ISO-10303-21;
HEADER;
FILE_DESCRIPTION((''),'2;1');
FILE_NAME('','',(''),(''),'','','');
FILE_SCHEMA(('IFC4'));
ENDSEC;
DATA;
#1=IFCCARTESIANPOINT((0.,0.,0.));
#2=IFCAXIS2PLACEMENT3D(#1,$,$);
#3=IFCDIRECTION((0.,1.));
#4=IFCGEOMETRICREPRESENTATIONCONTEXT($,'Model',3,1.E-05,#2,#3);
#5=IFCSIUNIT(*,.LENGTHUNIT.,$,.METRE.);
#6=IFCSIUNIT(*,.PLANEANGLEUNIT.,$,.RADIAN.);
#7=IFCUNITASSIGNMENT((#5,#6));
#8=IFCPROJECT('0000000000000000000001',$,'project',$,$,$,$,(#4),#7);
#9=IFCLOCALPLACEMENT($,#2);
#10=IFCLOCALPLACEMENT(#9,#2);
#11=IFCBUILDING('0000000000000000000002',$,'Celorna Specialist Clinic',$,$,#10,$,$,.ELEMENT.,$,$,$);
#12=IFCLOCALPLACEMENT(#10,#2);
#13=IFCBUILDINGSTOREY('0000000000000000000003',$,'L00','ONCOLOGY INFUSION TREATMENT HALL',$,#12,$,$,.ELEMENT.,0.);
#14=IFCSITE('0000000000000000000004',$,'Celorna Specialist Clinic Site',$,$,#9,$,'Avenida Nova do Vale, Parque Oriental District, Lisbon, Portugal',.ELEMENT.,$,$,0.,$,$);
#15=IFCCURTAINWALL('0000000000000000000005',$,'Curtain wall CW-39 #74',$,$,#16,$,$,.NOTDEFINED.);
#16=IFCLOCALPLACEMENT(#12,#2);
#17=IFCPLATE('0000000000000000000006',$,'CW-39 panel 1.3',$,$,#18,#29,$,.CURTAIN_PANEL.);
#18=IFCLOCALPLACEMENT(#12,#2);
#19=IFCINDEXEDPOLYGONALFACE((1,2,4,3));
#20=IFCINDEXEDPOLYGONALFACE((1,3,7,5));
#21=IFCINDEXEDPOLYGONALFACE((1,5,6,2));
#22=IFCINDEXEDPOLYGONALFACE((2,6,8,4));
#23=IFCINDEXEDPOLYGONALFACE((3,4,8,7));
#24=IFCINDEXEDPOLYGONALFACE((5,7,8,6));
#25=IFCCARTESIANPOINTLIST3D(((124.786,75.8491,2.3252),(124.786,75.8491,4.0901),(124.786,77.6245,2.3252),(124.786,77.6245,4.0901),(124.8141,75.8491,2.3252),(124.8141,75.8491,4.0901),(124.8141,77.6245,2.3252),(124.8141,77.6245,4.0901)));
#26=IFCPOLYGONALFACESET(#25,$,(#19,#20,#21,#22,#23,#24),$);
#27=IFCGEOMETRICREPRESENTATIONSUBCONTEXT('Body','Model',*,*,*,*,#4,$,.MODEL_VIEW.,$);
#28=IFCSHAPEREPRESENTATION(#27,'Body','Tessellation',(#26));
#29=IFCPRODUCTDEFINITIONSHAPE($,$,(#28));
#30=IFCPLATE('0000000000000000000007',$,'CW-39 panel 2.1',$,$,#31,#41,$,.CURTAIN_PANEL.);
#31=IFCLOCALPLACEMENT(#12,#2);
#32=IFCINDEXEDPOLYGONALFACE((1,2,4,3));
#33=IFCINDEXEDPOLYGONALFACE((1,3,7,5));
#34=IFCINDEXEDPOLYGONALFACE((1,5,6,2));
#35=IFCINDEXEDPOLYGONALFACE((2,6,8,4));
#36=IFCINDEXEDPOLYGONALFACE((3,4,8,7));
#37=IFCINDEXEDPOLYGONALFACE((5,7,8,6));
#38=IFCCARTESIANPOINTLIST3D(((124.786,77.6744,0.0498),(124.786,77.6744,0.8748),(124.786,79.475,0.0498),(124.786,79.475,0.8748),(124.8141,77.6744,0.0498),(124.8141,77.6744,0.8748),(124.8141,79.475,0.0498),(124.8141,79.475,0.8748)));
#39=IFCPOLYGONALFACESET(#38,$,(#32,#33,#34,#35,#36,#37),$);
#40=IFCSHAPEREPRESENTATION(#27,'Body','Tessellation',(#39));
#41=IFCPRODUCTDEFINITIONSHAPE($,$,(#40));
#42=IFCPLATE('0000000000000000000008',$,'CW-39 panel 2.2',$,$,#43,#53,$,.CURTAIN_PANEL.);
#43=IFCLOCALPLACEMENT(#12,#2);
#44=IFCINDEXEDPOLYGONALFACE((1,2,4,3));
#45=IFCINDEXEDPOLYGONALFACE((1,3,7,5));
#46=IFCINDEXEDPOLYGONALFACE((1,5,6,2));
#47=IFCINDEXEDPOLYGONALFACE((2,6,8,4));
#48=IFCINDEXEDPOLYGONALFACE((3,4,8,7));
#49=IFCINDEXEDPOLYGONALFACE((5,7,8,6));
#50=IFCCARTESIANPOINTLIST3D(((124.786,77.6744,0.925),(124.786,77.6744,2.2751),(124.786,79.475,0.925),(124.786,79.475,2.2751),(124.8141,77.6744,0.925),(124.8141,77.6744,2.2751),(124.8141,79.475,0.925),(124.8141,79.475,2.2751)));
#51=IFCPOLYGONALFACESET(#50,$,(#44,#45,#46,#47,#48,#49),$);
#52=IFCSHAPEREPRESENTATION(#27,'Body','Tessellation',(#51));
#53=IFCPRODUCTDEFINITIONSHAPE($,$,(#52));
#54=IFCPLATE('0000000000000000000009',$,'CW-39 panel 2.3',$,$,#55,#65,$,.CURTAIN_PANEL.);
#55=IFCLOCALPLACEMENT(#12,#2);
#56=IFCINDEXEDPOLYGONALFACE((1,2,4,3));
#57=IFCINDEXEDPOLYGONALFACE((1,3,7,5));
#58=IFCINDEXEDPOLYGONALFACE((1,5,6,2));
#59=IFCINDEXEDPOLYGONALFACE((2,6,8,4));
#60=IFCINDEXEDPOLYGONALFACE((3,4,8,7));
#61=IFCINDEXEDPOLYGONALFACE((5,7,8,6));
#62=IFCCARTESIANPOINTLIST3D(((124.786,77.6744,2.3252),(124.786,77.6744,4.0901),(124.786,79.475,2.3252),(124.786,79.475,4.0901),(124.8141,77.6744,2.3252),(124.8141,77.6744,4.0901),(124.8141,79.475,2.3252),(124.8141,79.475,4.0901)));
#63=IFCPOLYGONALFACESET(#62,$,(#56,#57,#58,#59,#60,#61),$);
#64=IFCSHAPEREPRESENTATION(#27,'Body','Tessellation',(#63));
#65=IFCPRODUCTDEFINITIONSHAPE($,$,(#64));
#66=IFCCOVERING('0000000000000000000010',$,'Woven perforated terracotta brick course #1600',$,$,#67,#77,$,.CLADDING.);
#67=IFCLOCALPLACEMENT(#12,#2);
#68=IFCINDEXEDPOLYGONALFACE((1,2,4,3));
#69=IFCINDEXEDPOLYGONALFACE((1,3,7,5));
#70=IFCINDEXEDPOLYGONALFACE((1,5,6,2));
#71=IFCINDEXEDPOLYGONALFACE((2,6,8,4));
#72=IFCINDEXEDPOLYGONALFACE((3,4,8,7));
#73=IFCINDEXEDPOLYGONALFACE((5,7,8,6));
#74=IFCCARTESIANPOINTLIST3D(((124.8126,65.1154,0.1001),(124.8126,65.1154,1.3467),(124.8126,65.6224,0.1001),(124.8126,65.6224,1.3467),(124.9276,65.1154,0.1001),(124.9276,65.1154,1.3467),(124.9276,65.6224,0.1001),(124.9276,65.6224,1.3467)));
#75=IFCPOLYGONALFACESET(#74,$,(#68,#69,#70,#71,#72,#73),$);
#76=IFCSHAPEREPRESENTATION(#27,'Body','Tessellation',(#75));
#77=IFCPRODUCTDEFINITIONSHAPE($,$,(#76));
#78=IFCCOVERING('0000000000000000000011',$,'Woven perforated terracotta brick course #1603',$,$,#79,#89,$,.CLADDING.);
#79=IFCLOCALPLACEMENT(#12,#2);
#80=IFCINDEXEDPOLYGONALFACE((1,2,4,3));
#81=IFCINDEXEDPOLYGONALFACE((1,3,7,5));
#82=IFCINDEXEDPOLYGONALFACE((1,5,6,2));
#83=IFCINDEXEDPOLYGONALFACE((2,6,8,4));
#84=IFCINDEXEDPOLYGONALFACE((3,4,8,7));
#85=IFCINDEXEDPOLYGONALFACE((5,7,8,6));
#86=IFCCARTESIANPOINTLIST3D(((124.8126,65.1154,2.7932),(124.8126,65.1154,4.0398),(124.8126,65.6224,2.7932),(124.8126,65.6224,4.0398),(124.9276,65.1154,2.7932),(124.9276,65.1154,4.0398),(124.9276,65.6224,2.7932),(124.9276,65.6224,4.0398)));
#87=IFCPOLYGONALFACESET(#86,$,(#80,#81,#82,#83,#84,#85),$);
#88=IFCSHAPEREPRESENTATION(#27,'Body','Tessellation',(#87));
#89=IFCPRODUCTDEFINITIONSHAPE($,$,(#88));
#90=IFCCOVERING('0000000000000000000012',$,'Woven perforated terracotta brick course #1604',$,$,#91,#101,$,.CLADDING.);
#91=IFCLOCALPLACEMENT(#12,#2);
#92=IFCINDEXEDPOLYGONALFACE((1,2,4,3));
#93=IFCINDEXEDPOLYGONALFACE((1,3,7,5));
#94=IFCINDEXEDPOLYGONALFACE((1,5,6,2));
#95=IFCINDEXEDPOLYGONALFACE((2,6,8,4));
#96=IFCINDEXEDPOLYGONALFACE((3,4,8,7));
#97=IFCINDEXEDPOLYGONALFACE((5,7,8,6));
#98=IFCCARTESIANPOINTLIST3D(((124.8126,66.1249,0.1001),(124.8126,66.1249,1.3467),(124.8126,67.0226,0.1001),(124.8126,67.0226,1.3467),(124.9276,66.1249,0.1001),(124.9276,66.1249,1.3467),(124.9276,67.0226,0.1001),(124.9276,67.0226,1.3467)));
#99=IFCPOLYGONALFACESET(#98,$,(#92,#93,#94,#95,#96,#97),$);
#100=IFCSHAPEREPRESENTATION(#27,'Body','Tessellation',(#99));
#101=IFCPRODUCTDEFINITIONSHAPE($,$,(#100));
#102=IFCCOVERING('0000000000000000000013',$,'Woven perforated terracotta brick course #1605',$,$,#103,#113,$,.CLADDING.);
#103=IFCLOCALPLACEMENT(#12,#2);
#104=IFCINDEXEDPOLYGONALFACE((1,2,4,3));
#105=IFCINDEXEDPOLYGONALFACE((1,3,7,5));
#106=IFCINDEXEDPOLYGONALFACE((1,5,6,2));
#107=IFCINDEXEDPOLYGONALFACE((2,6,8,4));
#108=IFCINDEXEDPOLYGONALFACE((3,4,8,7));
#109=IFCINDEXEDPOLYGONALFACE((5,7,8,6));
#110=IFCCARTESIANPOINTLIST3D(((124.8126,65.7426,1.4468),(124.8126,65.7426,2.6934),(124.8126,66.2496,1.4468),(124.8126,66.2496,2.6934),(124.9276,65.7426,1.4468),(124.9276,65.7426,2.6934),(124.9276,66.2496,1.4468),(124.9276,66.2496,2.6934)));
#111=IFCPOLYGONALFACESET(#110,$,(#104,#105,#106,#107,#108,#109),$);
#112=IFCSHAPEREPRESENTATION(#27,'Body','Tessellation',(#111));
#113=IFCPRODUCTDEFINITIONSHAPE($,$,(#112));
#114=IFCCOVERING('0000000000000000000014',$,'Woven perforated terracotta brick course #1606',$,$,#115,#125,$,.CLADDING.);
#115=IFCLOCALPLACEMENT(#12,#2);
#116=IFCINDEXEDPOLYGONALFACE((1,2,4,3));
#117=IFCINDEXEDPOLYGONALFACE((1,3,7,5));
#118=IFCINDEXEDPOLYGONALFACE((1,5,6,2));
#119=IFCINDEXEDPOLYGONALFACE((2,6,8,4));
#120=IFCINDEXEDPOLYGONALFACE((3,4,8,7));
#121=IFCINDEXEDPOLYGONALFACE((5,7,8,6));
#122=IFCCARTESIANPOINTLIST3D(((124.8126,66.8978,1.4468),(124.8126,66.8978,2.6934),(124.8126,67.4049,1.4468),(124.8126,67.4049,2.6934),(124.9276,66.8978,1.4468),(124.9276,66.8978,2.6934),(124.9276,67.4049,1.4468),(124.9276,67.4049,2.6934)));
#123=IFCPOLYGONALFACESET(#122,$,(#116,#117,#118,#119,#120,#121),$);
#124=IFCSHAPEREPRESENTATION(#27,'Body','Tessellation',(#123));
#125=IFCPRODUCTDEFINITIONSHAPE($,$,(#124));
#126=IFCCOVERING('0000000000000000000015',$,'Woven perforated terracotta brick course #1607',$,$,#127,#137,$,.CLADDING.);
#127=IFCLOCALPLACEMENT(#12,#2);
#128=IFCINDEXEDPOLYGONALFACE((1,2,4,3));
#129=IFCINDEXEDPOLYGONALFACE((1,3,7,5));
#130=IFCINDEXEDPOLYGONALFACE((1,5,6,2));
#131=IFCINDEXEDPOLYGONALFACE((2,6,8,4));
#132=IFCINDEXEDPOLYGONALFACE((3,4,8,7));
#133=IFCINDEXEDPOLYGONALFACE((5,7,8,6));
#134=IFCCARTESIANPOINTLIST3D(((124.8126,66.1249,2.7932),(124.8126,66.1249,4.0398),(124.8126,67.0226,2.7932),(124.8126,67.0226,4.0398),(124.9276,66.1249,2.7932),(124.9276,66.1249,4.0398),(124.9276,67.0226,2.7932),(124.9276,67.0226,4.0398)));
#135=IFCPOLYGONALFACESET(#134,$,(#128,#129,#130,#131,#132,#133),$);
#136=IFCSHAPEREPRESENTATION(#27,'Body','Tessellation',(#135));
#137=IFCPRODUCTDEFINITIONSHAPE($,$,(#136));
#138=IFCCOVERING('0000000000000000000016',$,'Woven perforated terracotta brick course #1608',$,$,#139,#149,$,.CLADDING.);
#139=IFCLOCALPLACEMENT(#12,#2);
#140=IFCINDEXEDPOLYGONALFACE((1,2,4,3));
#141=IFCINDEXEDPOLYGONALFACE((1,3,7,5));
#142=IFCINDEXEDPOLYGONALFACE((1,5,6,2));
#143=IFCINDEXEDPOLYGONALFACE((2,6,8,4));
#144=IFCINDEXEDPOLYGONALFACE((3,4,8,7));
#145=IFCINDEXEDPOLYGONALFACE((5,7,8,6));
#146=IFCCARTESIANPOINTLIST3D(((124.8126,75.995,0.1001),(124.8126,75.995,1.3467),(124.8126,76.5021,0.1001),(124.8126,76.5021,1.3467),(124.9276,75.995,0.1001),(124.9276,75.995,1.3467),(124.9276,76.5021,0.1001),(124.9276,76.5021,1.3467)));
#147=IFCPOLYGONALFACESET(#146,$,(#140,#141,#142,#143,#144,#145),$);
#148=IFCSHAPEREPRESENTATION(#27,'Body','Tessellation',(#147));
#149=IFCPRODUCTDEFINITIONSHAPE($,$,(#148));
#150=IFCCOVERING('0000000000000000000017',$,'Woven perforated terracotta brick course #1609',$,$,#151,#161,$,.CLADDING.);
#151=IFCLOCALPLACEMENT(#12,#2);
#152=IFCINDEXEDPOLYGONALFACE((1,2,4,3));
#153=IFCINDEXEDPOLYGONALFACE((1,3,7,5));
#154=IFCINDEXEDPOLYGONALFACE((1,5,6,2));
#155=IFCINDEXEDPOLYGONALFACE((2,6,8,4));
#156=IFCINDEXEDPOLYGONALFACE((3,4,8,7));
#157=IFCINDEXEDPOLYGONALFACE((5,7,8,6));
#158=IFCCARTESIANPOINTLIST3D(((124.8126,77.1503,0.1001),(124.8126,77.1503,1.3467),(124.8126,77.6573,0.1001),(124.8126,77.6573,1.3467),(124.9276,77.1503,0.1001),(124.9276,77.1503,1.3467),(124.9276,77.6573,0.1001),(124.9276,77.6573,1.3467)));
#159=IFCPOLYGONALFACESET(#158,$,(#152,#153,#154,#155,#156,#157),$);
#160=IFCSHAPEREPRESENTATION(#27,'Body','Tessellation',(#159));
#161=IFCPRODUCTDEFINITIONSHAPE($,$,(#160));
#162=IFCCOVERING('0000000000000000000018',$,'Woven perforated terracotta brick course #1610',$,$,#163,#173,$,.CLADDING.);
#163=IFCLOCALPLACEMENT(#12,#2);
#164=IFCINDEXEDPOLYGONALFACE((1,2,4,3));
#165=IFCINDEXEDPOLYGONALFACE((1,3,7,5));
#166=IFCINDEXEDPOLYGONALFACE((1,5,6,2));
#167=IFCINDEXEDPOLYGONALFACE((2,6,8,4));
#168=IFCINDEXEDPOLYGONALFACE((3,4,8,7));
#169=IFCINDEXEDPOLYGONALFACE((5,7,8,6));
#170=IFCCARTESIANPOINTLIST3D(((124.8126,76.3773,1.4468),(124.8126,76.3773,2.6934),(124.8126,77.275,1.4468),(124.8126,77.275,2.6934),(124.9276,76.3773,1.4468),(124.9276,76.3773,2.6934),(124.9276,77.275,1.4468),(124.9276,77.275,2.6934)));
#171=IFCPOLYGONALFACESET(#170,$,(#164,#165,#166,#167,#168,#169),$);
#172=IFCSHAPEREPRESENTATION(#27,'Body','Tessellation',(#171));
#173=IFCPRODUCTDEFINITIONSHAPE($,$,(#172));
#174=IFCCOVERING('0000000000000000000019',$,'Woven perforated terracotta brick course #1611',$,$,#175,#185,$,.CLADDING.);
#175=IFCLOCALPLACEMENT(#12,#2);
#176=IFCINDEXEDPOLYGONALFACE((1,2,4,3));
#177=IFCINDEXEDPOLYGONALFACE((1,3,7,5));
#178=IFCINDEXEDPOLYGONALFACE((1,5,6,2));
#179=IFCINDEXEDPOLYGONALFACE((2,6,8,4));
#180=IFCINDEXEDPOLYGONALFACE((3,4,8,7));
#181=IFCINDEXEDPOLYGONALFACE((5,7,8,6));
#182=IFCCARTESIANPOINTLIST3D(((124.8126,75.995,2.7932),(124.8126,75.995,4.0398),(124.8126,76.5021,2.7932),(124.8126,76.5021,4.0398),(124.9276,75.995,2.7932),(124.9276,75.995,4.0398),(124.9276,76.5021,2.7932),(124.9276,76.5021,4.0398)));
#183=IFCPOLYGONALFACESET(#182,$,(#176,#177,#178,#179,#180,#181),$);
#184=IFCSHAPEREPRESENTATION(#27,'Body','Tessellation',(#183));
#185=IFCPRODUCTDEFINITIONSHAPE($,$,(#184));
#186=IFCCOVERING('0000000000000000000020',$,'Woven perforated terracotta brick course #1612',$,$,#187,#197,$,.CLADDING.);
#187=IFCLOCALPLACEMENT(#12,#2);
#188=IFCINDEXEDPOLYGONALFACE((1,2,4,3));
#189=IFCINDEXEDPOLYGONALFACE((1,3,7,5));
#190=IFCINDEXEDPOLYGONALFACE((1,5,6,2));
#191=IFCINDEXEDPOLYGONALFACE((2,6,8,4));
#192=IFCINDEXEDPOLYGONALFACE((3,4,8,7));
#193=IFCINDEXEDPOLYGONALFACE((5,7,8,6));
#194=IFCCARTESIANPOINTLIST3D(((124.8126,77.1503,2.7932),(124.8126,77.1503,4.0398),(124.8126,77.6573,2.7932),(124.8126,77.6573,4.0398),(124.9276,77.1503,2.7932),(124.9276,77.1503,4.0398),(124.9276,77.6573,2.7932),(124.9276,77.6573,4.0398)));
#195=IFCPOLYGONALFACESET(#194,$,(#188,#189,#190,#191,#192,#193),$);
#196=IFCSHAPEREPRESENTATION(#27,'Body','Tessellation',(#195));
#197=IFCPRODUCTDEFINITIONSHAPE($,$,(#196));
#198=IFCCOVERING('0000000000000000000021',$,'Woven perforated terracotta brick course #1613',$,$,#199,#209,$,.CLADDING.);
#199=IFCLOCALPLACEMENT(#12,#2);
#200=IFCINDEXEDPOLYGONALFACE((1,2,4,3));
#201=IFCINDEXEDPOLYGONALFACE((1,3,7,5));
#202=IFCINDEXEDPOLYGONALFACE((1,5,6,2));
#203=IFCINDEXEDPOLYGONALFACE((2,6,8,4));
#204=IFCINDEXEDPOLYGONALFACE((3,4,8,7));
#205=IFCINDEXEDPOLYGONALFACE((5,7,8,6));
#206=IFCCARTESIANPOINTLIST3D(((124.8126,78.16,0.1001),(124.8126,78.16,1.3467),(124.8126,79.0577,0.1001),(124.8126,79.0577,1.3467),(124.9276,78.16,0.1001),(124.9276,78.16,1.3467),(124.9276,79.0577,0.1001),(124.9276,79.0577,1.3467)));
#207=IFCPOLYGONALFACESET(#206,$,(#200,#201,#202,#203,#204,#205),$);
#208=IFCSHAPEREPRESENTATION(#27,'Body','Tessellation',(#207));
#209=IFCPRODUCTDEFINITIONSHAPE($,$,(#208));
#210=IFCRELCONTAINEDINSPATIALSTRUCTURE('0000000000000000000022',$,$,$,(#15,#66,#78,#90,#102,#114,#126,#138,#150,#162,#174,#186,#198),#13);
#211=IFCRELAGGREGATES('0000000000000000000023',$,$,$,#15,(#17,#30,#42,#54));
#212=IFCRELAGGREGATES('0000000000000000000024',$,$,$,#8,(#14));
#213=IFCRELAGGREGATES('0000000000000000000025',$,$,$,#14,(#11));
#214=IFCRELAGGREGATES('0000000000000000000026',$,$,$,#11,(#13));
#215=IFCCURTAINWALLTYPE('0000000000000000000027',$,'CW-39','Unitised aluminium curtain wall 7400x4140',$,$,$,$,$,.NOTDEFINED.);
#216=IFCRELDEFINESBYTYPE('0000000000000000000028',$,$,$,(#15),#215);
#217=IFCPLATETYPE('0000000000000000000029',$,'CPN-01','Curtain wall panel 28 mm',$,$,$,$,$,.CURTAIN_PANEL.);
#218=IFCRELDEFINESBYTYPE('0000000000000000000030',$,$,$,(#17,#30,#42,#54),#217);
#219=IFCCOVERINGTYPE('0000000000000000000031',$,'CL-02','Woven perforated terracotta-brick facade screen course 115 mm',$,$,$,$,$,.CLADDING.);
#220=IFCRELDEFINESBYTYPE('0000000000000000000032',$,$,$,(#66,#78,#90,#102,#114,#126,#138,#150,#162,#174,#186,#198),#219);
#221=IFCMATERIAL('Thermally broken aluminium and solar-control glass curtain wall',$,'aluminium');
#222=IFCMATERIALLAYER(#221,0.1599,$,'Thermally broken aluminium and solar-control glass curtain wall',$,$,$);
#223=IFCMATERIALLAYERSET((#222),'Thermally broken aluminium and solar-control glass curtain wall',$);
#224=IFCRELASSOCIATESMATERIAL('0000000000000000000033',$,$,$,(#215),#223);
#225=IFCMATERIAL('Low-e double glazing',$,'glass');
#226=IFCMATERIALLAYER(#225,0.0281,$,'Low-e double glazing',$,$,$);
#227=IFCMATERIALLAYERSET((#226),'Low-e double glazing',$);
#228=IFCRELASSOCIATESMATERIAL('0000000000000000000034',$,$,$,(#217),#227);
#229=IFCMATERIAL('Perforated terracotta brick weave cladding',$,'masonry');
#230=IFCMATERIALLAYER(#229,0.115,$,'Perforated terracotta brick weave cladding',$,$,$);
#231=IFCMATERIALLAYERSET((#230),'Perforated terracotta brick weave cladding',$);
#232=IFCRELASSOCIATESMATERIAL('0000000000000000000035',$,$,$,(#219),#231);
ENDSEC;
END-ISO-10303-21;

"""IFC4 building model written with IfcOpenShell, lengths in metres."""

from ifc_helpers import new_model, si_unit, direction, frame, origin, origin_2d, place, context, subcontext, project, spatial, rectangle, extrude, material, layer, layer_set, type_object, element, aggregate, save


model = new_model("IFC4")

# Units and contexts
model_context = context("Model", 3, precision=1e-05, world=origin(), true_north=direction((0.0, 1.0)))
body_context = subcontext(model_context, "Body", "Model", "MODEL_VIEW")
ifc_project = project(units=[si_unit("LENGTHUNIT", "METRE"), si_unit("PLANEANGLEUNIT", "RADIAN")], contexts=[model_context])

# Site, building, storey
site_placement = place(None, origin())
site = spatial("IfcSite", under=ifc_project, at=site_placement, Name="Celorna Specialist Clinic Site", LongName="Avenida Nova do Vale, Parque Oriental District, Lisbon, Portugal", CompositionType="ELEMENT", RefElevation=0.0)
building_placement = place(site_placement, origin())
building = spatial("IfcBuilding", under=site, at=building_placement, Name="Celorna Specialist Clinic", CompositionType="ELEMENT")
storey_placement = place(building_placement, origin())
storey = spatial("IfcBuildingStorey", under=building, at=storey_placement, Name="L00", Description="ONCOLOGY INFUSION TREATMENT HALL", CompositionType="ELEMENT", Elevation=0.0)

# Curtain wall, plates
ifc_material_1 = material(Name="Thermally broken aluminium and solar-control glass curtain wall", Category="aluminium")
ifc_layer_1 = layer(ifc_material_1, 0.1599, Name="Thermally broken aluminium and solar-control glass curtain wall")
ifc_layer_set_1 = layer_set([ifc_layer_1], Name="Thermally broken aluminium and solar-control glass curtain wall")
curtain_wall_type = type_object("IfcCurtainWallType", Name="CW-39", Description="Unitised aluminium curtain wall 7400x4140", PredefinedType="NOTDEFINED", material=ifc_layer_set_1)
curtain_wall_placement = place(storey_placement, origin())
curtain_wall = element("IfcCurtainWall", 1, at=curtain_wall_placement, inside=storey, type_object=curtain_wall_type, Name="Curtain wall CW-39 #74", PredefinedType="NOTDEFINED")
ifc_material_2 = material(Name="Low-e double glazing", Category="glass")
ifc_layer_2 = layer(ifc_material_2, 0.0281, Name="Low-e double glazing")
ifc_layer_set_2 = layer_set([ifc_layer_2], Name="Low-e double glazing")
plate_type = type_object("IfcPlateType", Name="CPN-01", Description="Curtain wall panel 28 mm", PredefinedType="CURTAIN_PANEL", material=ifc_layer_set_2)
plate_1_placement = place(storey_placement, frame((124.8, 76.7368, 2.3252), z_axis=(0.0, 0.0, 1.0), x_axis=(0.0, 1.0, 0.0)))
plate_1 = element("IfcPlate", 2, at=plate_1_placement, type_object=plate_type, Name="CW-39 panel 1.3", PredefinedType="CURTAIN_PANEL", context=body_context, shape_type="SweptSolid", body=[
    extrude(rectangle(XDim=1.7754, YDim=0.0281, at=origin_2d()), origin(), (0.0, 0.0, 1.0), 1.7649),
])
plate_2_placement = place(storey_placement, frame((124.8, 78.5747, 0.0498), z_axis=(0.0, 0.0, 1.0), x_axis=(0.0, 1.0, 0.0)))
plate_2 = element("IfcPlate", 3, at=plate_2_placement, type_object=plate_type, Name="CW-39 panel 2.1", PredefinedType="CURTAIN_PANEL", context=body_context, shape_type="SweptSolid", body=[
    extrude(rectangle(XDim=1.8005, YDim=0.0281, at=origin_2d()), origin(), (0.0, 0.0, 1.0), 0.825),
])
plate_3_placement = place(storey_placement, frame((124.8, 78.5747, 0.925), z_axis=(0.0, 0.0, 1.0), x_axis=(0.0, 1.0, 0.0)))
plate_3 = element("IfcPlate", 4, at=plate_3_placement, type_object=plate_type, Name="CW-39 panel 2.2", PredefinedType="CURTAIN_PANEL", context=body_context, shape_type="SweptSolid", body=[
    extrude(rectangle(XDim=1.8005, YDim=0.0281, at=origin_2d()), origin(), (0.0, 0.0, 1.0), 1.3501),
])
plate_4_placement = place(storey_placement, frame((124.8, 78.5747, 2.3252), z_axis=(0.0, 0.0, 1.0), x_axis=(0.0, 1.0, 0.0)))
plate_4 = element("IfcPlate", 5, at=plate_4_placement, type_object=plate_type, Name="CW-39 panel 2.3", PredefinedType="CURTAIN_PANEL", context=body_context, shape_type="SweptSolid", body=[
    extrude(rectangle(XDim=1.8005, YDim=0.0281, at=origin_2d()), origin(), (0.0, 0.0, 1.0), 1.7649),
])
aggregate(curtain_wall, [plate_1, plate_2, plate_3, plate_4])

# Coverings
ifc_material_3 = material(Name="Perforated terracotta brick weave cladding", Category="masonry")
ifc_layer_3 = layer(ifc_material_3, 0.115, Name="Perforated terracotta brick weave cladding")
ifc_layer_set_3 = layer_set([ifc_layer_3], Name="Perforated terracotta brick weave cladding")
covering_type = type_object("IfcCoveringType", Name="CL-02", Description="Woven perforated terracotta-brick facade screen course 115 mm", PredefinedType="CLADDING", material=ifc_layer_set_3)
for number, where, z_axis, x_axis, name in (
    (6, (124.8701, 65.3689, 0.1001), (0.0, 0.0, 1.0), (0.0, 1.0, 0.0), "Woven perforated terracotta brick course #1600"),
    (7, (124.8701, 65.3689, 2.7932), (0.0, 0.0, 1.0), (0.0, 1.0, 0.0), "Woven perforated terracotta brick course #1603"),
):
    element("IfcCovering", number, at=place(storey_placement, frame(where, z_axis=z_axis, x_axis=x_axis)), inside=storey, type_object=covering_type, Name=name, PredefinedType="CLADDING", context=body_context, shape_type="SweptSolid", body=[
        extrude(rectangle(XDim=0.5071, YDim=0.115, at=origin_2d()), origin(), (0.0, 0.0, 1.0), 1.2466),
    ])
covering_1_placement = place(storey_placement, frame((124.8701, 66.5737, 0.1001), z_axis=(0.0, 0.0, 1.0), x_axis=(0.0, 1.0, 0.0)))
element("IfcCovering", 8, at=covering_1_placement, inside=storey, type_object=covering_type, Name="Woven perforated terracotta brick course #1604", PredefinedType="CLADDING", context=body_context, shape_type="SweptSolid", body=[
    extrude(rectangle(XDim=0.8977, YDim=0.115, at=origin_2d()), origin(), (0.0, 0.0, 1.0), 1.2466),
])
for number, where, z_axis, x_axis, name in (
    (9, (124.8701, 65.9961, 1.4468), (0.0, 0.0, 1.0), (0.0, 1.0, 0.0), "Woven perforated terracotta brick course #1605"),
    (10, (124.8701, 67.1514, 1.4468), (0.0, 0.0, 1.0), (0.0, 1.0, 0.0), "Woven perforated terracotta brick course #1606"),
):
    element("IfcCovering", number, at=place(storey_placement, frame(where, z_axis=z_axis, x_axis=x_axis)), inside=storey, type_object=covering_type, Name=name, PredefinedType="CLADDING", context=body_context, shape_type="SweptSolid", body=[
        extrude(rectangle(XDim=0.5071, YDim=0.115, at=origin_2d()), origin(), (0.0, 0.0, 1.0), 1.2466),
    ])
covering_2_placement = place(storey_placement, frame((124.8701, 66.5737, 2.7932), z_axis=(0.0, 0.0, 1.0), x_axis=(0.0, 1.0, 0.0)))
element("IfcCovering", 11, at=covering_2_placement, inside=storey, type_object=covering_type, Name="Woven perforated terracotta brick course #1607", PredefinedType="CLADDING", context=body_context, shape_type="SweptSolid", body=[
    extrude(rectangle(XDim=0.8977, YDim=0.115, at=origin_2d()), origin(), (0.0, 0.0, 1.0), 1.2466),
])
for number, where, z_axis, x_axis, name in (
    (12, (124.8701, 76.2485, 0.1001), (0.0, 0.0, 1.0), (0.0, 1.0, 0.0), "Woven perforated terracotta brick course #1608"),
    (13, (124.8701, 77.4038, 0.1001), (0.0, 0.0, 1.0), (0.0, 1.0, 0.0), "Woven perforated terracotta brick course #1609"),
):
    element("IfcCovering", number, at=place(storey_placement, frame(where, z_axis=z_axis, x_axis=x_axis)), inside=storey, type_object=covering_type, Name=name, PredefinedType="CLADDING", context=body_context, shape_type="SweptSolid", body=[
        extrude(rectangle(XDim=0.5071, YDim=0.115, at=origin_2d()), origin(), (0.0, 0.0, 1.0), 1.2466),
    ])
covering_3_placement = place(storey_placement, frame((124.8701, 76.8262, 1.4468), z_axis=(0.0, 0.0, 1.0), x_axis=(0.0, 1.0, 0.0)))
element("IfcCovering", 14, at=covering_3_placement, inside=storey, type_object=covering_type, Name="Woven perforated terracotta brick course #1610", PredefinedType="CLADDING", context=body_context, shape_type="SweptSolid", body=[
    extrude(rectangle(XDim=0.8977, YDim=0.115, at=origin_2d()), origin(), (0.0, 0.0, 1.0), 1.2466),
])
for number, where, z_axis, x_axis, name in (
    (15, (124.8701, 76.2485, 2.7932), (0.0, 0.0, 1.0), (0.0, 1.0, 0.0), "Woven perforated terracotta brick course #1611"),
    (16, (124.8701, 77.4038, 2.7932), (0.0, 0.0, 1.0), (0.0, 1.0, 0.0), "Woven perforated terracotta brick course #1612"),
):
    element("IfcCovering", number, at=place(storey_placement, frame(where, z_axis=z_axis, x_axis=x_axis)), inside=storey, type_object=covering_type, Name=name, PredefinedType="CLADDING", context=body_context, shape_type="SweptSolid", body=[
        extrude(rectangle(XDim=0.5071, YDim=0.115, at=origin_2d()), origin(), (0.0, 0.0, 1.0), 1.2466),
    ])
covering_4_placement = place(storey_placement, frame((124.8701, 78.6089, 0.1001), z_axis=(0.0, 0.0, 1.0), x_axis=(0.0, 1.0, 0.0)))
element("IfcCovering", 17, at=covering_4_placement, inside=storey, type_object=covering_type, Name="Woven perforated terracotta brick course #1613", PredefinedType="CLADDING", context=body_context, shape_type="SweptSolid", body=[
    extrude(rectangle(XDim=0.8977, YDim=0.115, at=origin_2d()), origin(), (0.0, 0.0, 1.0), 1.2466),
])

save(model, "model.ifc")
